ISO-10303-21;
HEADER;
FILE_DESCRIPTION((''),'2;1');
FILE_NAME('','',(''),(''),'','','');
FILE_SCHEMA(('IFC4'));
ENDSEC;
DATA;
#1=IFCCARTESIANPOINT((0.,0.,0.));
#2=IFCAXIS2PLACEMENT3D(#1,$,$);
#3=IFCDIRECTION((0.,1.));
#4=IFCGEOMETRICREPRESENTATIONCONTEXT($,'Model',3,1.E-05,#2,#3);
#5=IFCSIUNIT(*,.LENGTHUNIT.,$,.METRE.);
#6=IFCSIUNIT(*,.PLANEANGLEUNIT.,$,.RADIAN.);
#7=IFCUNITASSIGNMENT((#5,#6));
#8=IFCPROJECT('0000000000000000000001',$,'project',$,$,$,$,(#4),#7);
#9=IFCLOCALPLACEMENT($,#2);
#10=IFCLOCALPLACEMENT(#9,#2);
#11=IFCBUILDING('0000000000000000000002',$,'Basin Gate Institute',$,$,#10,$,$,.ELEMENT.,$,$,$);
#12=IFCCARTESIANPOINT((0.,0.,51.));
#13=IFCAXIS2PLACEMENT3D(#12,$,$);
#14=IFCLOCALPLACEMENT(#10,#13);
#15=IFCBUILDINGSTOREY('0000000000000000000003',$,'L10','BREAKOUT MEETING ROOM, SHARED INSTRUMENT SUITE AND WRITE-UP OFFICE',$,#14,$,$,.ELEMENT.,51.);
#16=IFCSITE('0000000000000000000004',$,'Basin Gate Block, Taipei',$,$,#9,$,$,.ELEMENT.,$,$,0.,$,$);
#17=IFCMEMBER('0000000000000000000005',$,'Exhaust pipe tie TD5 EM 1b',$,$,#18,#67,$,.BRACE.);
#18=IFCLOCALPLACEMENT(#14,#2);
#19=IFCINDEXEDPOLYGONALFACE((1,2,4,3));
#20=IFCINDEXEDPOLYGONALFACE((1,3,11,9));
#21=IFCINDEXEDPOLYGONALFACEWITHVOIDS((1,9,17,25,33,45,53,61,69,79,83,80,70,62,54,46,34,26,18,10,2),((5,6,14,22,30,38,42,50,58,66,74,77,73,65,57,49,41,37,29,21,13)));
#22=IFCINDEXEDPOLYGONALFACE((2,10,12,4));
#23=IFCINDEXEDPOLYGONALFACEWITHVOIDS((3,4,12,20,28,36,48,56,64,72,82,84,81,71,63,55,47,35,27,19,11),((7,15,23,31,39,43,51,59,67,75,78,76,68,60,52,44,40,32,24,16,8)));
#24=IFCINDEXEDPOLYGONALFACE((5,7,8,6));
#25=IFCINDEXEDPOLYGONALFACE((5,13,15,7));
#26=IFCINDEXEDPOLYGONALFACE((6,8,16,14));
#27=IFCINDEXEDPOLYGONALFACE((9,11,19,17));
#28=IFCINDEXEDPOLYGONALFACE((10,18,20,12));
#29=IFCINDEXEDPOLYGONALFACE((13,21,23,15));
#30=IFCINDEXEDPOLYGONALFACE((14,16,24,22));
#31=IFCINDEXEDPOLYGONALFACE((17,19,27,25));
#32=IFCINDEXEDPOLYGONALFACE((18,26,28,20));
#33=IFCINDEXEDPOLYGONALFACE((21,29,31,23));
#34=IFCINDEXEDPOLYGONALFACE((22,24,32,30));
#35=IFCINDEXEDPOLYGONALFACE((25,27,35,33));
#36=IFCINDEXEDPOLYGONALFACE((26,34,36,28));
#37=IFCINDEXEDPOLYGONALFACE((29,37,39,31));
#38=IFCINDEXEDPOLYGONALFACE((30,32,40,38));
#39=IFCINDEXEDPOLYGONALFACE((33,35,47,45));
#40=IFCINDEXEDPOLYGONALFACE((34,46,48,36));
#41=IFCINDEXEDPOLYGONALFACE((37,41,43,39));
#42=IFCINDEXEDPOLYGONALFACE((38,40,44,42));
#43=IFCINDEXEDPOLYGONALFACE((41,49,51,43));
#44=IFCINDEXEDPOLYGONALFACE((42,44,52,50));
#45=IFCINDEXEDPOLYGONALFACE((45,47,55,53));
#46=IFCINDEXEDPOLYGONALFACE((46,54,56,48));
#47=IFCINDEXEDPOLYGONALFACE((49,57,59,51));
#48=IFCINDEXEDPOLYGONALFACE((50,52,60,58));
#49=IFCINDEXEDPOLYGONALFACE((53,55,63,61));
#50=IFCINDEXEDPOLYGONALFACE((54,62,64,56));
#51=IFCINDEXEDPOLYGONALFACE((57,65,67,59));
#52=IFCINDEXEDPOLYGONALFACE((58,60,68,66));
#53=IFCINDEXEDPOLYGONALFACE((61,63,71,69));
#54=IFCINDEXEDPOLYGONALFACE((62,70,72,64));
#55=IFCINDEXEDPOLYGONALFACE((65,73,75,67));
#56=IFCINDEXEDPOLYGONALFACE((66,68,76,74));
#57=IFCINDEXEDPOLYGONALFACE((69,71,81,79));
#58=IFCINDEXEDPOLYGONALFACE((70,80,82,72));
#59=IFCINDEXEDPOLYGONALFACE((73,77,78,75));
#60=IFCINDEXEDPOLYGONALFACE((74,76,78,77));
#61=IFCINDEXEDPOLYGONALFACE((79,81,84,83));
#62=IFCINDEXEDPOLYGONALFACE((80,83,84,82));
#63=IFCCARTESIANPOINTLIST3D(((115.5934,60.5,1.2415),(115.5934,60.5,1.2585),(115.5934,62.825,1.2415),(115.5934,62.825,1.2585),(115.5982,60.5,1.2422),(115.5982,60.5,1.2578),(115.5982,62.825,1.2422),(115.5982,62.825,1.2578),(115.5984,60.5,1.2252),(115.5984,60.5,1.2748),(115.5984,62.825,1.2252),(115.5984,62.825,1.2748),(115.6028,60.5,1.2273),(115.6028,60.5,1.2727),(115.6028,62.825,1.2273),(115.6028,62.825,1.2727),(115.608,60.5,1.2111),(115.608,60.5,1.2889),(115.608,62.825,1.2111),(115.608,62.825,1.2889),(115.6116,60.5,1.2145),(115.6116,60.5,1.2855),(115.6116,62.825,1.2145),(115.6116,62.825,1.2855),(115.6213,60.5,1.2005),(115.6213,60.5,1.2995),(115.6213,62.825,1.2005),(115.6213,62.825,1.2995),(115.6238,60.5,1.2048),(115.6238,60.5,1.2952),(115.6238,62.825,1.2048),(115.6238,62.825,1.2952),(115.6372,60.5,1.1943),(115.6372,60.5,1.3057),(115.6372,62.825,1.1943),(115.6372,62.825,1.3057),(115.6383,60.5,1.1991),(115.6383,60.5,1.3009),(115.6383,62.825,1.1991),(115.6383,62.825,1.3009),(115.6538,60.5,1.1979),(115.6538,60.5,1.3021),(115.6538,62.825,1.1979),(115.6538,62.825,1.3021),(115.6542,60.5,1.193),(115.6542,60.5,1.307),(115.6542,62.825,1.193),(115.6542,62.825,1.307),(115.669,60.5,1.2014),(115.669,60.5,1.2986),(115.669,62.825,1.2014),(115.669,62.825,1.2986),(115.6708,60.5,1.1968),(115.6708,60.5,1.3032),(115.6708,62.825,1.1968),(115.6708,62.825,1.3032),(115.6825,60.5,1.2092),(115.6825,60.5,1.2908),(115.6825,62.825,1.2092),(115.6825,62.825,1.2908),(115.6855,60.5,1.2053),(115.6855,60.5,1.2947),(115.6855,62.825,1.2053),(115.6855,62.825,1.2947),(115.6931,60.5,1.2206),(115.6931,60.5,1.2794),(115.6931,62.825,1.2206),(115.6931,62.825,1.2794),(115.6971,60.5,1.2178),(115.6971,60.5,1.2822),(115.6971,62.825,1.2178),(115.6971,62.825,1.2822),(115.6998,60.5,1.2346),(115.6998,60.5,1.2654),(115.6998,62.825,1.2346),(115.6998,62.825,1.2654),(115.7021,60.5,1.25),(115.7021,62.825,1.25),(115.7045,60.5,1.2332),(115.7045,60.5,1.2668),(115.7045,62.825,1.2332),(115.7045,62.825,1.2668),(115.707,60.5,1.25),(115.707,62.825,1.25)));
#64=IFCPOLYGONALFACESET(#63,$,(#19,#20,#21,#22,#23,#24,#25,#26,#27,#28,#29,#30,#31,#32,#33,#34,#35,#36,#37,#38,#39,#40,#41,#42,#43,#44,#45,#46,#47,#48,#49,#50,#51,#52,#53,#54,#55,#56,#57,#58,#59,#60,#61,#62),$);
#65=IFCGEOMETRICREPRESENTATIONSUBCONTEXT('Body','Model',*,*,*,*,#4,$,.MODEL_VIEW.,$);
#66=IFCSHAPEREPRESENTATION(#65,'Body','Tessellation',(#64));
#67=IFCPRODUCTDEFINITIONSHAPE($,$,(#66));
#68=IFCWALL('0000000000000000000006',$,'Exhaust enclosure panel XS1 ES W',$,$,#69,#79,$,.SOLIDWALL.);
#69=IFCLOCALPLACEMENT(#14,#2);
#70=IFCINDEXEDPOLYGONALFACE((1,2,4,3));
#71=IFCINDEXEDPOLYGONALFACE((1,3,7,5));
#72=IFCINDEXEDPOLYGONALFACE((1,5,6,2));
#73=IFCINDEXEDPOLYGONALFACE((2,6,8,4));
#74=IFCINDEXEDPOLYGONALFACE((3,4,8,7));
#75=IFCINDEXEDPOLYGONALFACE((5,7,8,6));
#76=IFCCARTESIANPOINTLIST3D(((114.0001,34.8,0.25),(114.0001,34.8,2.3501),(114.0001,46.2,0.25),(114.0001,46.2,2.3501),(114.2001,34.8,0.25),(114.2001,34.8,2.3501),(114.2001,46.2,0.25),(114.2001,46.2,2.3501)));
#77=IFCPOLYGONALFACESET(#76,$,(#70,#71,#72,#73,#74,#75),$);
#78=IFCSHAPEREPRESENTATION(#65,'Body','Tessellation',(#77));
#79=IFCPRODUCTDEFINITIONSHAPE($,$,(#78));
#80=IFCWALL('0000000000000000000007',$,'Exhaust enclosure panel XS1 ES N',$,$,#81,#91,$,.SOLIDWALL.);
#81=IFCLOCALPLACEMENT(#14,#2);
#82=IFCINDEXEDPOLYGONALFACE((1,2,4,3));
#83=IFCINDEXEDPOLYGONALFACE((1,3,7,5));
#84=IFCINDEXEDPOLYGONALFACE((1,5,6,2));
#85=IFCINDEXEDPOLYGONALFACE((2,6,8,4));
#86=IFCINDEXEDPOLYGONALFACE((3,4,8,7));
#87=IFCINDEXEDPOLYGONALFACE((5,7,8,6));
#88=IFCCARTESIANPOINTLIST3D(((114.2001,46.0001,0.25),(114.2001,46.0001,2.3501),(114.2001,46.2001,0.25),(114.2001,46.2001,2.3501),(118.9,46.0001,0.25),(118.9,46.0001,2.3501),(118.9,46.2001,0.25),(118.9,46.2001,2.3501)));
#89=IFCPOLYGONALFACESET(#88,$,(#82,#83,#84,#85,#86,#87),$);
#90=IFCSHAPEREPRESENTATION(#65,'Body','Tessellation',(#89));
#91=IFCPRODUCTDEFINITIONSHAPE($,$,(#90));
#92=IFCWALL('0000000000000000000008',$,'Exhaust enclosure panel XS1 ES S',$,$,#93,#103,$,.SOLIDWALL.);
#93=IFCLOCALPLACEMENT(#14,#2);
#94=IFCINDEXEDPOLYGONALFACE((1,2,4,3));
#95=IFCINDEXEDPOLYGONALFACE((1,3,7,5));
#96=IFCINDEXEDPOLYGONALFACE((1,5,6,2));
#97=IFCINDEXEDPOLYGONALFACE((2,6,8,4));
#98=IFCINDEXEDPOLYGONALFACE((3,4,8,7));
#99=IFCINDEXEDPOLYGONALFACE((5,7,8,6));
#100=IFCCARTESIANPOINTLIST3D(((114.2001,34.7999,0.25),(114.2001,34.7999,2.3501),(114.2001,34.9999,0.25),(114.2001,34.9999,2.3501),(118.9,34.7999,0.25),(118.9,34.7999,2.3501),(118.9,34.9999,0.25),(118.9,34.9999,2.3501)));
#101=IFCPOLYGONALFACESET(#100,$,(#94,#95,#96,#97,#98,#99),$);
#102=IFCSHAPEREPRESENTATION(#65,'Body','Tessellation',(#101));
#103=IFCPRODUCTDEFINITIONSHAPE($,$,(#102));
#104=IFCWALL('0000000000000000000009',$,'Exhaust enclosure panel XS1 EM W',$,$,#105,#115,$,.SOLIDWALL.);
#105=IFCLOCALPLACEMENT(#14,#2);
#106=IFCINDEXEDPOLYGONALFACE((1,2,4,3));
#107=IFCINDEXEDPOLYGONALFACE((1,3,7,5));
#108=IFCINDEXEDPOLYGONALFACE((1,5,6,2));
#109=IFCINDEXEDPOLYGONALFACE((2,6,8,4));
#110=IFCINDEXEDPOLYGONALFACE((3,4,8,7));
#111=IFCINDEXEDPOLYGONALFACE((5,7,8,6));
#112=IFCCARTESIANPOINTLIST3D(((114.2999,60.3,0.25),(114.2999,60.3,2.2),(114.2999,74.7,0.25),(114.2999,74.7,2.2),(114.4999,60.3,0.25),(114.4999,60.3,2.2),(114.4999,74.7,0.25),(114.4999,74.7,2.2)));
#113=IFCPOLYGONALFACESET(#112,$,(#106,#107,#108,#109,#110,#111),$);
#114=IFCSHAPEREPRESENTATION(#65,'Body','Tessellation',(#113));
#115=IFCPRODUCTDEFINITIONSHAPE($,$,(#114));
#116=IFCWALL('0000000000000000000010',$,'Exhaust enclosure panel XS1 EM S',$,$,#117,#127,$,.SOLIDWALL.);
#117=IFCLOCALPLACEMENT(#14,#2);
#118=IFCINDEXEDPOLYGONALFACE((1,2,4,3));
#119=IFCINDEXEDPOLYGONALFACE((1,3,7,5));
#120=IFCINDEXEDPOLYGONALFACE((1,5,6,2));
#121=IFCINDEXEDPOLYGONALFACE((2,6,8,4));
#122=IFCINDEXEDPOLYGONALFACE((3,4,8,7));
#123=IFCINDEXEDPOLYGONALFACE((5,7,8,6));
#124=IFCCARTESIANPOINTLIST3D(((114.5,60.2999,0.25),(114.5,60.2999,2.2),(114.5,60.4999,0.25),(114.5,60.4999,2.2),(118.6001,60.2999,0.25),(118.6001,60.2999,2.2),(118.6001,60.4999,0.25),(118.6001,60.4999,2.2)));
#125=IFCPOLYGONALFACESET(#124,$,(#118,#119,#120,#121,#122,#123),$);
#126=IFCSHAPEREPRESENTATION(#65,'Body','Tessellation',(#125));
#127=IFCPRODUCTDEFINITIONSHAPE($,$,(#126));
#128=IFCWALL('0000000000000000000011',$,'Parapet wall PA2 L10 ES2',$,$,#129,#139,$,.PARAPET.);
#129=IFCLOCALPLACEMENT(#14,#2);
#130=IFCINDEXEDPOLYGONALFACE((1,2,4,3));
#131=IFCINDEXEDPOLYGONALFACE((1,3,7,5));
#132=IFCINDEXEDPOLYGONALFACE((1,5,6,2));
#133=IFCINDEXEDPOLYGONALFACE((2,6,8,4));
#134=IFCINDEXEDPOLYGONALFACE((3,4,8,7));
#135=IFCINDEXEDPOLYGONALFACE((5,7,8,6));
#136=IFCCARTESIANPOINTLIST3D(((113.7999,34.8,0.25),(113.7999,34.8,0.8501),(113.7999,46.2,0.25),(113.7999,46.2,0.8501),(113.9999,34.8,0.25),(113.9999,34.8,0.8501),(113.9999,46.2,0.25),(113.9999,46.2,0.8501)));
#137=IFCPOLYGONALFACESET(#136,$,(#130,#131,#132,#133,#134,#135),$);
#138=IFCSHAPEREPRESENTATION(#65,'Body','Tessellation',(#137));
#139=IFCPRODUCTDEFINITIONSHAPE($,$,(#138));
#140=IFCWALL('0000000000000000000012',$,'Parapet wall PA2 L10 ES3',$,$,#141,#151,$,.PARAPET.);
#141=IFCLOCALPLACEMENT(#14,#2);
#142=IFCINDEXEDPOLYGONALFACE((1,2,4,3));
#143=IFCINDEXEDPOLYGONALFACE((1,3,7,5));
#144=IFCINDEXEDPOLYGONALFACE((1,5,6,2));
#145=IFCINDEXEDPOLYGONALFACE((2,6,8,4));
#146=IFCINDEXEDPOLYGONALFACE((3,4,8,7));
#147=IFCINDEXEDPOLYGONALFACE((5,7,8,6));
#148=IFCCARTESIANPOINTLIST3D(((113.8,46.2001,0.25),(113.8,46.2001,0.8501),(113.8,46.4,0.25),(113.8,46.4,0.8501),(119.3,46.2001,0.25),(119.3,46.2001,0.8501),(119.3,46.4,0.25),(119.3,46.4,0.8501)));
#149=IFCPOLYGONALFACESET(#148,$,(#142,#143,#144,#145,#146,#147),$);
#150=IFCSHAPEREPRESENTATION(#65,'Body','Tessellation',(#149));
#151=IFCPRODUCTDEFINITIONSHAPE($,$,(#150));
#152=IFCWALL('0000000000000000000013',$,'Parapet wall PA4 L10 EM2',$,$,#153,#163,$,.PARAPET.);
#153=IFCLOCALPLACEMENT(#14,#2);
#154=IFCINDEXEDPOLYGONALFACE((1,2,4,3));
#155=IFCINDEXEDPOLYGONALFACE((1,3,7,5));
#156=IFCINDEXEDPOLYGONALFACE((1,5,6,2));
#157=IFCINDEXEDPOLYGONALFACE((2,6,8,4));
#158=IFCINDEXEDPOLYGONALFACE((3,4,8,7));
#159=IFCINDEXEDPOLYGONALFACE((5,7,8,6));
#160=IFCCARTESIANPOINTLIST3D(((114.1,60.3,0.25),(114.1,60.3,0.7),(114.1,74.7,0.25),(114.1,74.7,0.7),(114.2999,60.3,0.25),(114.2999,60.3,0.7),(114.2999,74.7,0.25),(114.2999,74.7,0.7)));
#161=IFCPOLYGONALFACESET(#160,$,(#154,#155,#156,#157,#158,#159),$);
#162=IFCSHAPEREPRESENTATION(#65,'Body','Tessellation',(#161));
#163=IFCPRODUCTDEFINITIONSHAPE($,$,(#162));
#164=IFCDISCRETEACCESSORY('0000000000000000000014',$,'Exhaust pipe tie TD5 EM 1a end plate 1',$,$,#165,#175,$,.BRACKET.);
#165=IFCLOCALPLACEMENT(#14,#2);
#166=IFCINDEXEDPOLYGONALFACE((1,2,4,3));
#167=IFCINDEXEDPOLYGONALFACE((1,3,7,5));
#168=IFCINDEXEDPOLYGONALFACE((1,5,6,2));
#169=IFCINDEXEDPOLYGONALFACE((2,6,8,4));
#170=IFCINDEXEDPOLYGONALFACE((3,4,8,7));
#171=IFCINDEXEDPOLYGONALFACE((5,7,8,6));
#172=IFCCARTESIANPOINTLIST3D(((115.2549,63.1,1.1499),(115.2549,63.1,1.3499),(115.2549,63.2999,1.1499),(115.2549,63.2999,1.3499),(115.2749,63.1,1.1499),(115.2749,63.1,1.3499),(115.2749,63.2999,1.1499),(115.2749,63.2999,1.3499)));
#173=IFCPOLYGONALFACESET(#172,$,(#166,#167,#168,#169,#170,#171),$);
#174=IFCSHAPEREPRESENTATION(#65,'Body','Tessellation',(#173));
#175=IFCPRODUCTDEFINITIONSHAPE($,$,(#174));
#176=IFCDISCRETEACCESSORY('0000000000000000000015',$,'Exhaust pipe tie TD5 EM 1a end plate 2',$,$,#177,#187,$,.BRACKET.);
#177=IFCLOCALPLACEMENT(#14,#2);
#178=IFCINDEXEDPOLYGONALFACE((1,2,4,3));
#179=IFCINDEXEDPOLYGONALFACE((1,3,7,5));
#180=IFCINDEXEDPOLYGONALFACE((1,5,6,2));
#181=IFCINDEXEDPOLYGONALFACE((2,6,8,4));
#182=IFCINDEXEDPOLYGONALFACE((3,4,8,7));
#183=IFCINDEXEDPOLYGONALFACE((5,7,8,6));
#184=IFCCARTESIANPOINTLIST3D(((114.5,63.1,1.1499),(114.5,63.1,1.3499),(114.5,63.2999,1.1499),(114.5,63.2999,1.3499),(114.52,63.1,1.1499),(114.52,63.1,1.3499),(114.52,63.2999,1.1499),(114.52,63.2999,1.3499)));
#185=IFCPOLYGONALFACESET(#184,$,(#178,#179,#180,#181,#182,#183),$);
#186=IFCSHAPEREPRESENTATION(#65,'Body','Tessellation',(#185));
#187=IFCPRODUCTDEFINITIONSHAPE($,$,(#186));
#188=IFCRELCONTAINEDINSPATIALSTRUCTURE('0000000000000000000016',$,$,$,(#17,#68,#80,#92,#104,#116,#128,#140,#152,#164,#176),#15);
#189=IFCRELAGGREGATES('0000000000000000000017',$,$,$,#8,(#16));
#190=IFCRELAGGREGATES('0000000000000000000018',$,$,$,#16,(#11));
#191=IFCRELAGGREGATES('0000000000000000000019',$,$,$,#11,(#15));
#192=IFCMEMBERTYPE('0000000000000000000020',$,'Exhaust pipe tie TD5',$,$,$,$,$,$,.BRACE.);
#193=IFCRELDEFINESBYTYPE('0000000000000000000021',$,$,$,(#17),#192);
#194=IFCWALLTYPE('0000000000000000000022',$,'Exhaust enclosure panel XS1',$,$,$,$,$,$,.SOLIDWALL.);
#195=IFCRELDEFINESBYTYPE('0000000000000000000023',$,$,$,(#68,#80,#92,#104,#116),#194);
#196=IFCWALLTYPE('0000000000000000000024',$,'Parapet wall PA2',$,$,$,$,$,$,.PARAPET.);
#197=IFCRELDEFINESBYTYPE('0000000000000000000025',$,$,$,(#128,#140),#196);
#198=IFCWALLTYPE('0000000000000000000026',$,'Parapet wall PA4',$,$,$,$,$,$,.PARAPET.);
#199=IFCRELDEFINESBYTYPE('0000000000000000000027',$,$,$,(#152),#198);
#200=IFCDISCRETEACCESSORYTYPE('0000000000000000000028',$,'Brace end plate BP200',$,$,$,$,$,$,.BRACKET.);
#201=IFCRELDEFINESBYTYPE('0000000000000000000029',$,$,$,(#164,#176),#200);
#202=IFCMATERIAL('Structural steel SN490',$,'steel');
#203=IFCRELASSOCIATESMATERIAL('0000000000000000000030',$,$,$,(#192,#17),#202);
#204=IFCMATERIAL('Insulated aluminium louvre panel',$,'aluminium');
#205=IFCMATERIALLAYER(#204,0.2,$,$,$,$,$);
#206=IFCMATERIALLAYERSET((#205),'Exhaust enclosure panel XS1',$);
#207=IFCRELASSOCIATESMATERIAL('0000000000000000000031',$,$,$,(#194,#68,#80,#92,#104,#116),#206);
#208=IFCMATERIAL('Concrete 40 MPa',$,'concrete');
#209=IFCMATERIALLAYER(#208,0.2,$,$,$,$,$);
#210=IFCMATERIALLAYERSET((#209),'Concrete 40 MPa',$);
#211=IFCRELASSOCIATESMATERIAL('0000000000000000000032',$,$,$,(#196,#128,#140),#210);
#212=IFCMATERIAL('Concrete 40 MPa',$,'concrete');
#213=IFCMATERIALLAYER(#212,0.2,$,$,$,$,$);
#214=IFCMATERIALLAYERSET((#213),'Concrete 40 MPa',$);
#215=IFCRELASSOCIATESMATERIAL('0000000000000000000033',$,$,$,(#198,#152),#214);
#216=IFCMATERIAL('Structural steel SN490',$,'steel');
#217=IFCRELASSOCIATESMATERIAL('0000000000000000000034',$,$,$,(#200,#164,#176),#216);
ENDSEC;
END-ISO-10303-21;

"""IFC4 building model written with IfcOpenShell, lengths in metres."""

from ifc_helpers import new_model, si_unit, direction, frame, frame_2d, origin, origin_2d, place, context, subcontext, project, spatial, rectangle, hollow_circle, extrude, material, layer, layer_set, material_profile, profile_set, type_object, element, save


model = new_model("IFC4")

# Units and contexts
model_context = context("Model", 3, precision=1e-05, world=origin(), true_north=direction((0.0, 1.0)))
body_context = subcontext(model_context, "Body", "Model", "MODEL_VIEW")
ifc_project = project(units=[si_unit("LENGTHUNIT", "METRE"), si_unit("PLANEANGLEUNIT", "RADIAN")], contexts=[model_context])

# Site, building, storey
site_placement = place(None, origin())
site = spatial("IfcSite", under=ifc_project, at=site_placement, Name="Basin Gate Block, Taipei", CompositionType="ELEMENT", RefElevation=0.0)
building_placement = place(site_placement, origin())
building = spatial("IfcBuilding", under=site, at=building_placement, Name="Basin Gate Institute", CompositionType="ELEMENT")
storey_placement = place(building_placement, frame((0.0, 0.0, 51.0)))
storey = spatial("IfcBuildingStorey", under=building, at=storey_placement, Name="L10", Description="BREAKOUT MEETING ROOM, SHARED INSTRUMENT SUITE AND WRITE-UP OFFICE", CompositionType="ELEMENT", Elevation=51.0)

# Member
ifc_material_1 = material(Name="Structural steel SN490", Category="steel")
ifc_material_profile_1 = material_profile(ifc_material_1, hollow_circle(Radius=0.0571, WallThickness=0.0049, at=origin_2d()), Name="CHS114x5")
ifc_profile_set_1 = profile_set([ifc_material_profile_1], Name="Structural steel SN490")
member_type_1 = type_object("IfcMemberType", Name="Exhaust pipe tie TD5", PredefinedType="BRACE", material=ifc_profile_set_1)
member_1_placement = place(storey_placement, frame((115.6499, 62.825, 1.25), z_axis=(0.0, -1.0, 0.0), x_axis=(1.0, 0.0, 0.0)))
element("IfcMember", 1, at=member_1_placement, inside=storey, type_object=member_type_1, material=ifc_profile_set_1, Name="Exhaust pipe tie TD5 EM 1b", PredefinedType="BRACE", context=body_context, shape_type="SweptSolid", body=[
    extrude(hollow_circle(Radius=0.0571, WallThickness=0.0049, at=origin_2d()), origin(), (0.0, 0.0, 1.0), 2.325),
])

# Walls
ifc_material_2 = material(Name="Insulated aluminium louvre panel", Category="aluminium")
ifc_layer_1 = layer(ifc_material_2, 0.2)
ifc_layer_set_1 = layer_set([ifc_layer_1], Name="Exhaust enclosure panel XS1")
wall_type_1 = type_object("IfcWallType", Name="Exhaust enclosure panel XS1", PredefinedType="SOLIDWALL", material=ifc_layer_set_1)
wall_1_placement = place(storey_placement, frame((114.1001, 34.8, 0.25), z_axis=(0.0, 0.0, 1.0), x_axis=(0.0, 1.0, 0.0)))
element("IfcWall", 2, at=wall_1_placement, inside=storey, type_object=wall_type_1, material=ifc_layer_set_1, Name="Exhaust enclosure panel XS1 ES W", PredefinedType="SOLIDWALL", context=body_context, shape_type="SweptSolid", body=[
    extrude(rectangle(XDim=11.3999, YDim=0.2, at=frame_2d((5.7, 0.0))), origin(), (0.0, 0.0, 1.0), 2.1001),
])
for number, where, z_axis, x_axis, name in (
    (3, (114.2, 46.1001, 0.25), (0.0, 0.0, 1.0), (1.0, 0.0, 0.0), "Exhaust enclosure panel XS1 ES N"),
    (4, (114.2, 34.8999, 0.25), (0.0, 0.0, 1.0), (1.0, 0.0, 0.0), "Exhaust enclosure panel XS1 ES S"),
):
    element("IfcWall", number, at=place(storey_placement, frame(where, z_axis=z_axis, x_axis=x_axis)), inside=storey, type_object=wall_type_1, material=ifc_layer_set_1, Name=name, PredefinedType="SOLIDWALL", context=body_context, shape_type="SweptSolid", body=[
        extrude(rectangle(XDim=4.7, YDim=0.2, at=frame_2d((2.3501, 0.0))), origin(), (0.0, 0.0, 1.0), 2.1001),
    ])
wall_2_placement = place(storey_placement, frame((114.3999, 60.3, 0.25), z_axis=(0.0, 0.0, 1.0), x_axis=(0.0, 1.0, 0.0)))
element("IfcWall", 5, at=wall_2_placement, inside=storey, type_object=wall_type_1, material=ifc_layer_set_1, Name="Exhaust enclosure panel XS1 EM W", PredefinedType="SOLIDWALL", context=body_context, shape_type="SweptSolid", body=[
    extrude(rectangle(XDim=14.3999, YDim=0.2, at=frame_2d((7.2, 0.0))), origin(), (0.0, 0.0, 1.0), 1.95),
])
wall_3_placement = place(storey_placement, frame((114.5, 60.3999, 0.25), z_axis=(0.0, 0.0, 1.0), x_axis=(1.0, 0.0, 0.0)))
element("IfcWall", 6, at=wall_3_placement, inside=storey, type_object=wall_type_1, material=ifc_layer_set_1, Name="Exhaust enclosure panel XS1 EM S", PredefinedType="SOLIDWALL", context=body_context, shape_type="SweptSolid", body=[
    extrude(rectangle(XDim=4.1001, YDim=0.2, at=frame_2d((2.05, 0.0))), origin(), (0.0, 0.0, 1.0), 1.95),
])
ifc_material_3 = material(Name="Concrete 40 MPa", Category="concrete")
ifc_layer_2 = layer(ifc_material_3, 0.2)
ifc_layer_set_2 = layer_set([ifc_layer_2], Name="Concrete 40 MPa")
wall_type_2 = type_object("IfcWallType", Name="Parapet wall PA2", PredefinedType="PARAPET", material=ifc_layer_set_2)
wall_4_placement = place(storey_placement, frame((113.8999, 34.8, 0.25), z_axis=(0.0, 0.0, 1.0), x_axis=(0.0, 1.0, 0.0)))
element("IfcWall", 7, at=wall_4_placement, inside=storey, type_object=wall_type_2, material=ifc_layer_set_2, Name="Parapet wall PA2 L10 ES2", PredefinedType="PARAPET", context=body_context, shape_type="SweptSolid", body=[
    extrude(rectangle(XDim=11.3999, YDim=0.2, at=frame_2d((5.7, 0.0))), origin(), (0.0, 0.0, 1.0), 0.6001),
])
wall_5_placement = place(storey_placement, frame((113.8, 46.3, 0.25), z_axis=(0.0, 0.0, 1.0), x_axis=(1.0, 0.0, 0.0)))
element("IfcWall", 8, at=wall_5_placement, inside=storey, type_object=wall_type_2, material=ifc_layer_set_2, Name="Parapet wall PA2 L10 ES3", PredefinedType="PARAPET", context=body_context, shape_type="SweptSolid", body=[
    extrude(rectangle(XDim=5.5, YDim=0.2, at=frame_2d((2.75, 0.0))), origin(), (0.0, 0.0, 1.0), 0.6001),
])
ifc_material_4 = material(Name="Concrete 40 MPa", Category="concrete")
ifc_layer_3 = layer(ifc_material_4, 0.2)
ifc_layer_set_3 = layer_set([ifc_layer_3], Name="Concrete 40 MPa")
wall_type_3 = type_object("IfcWallType", Name="Parapet wall PA4", PredefinedType="PARAPET", material=ifc_layer_set_3)
wall_6_placement = place(storey_placement, frame((114.2, 60.3, 0.25), z_axis=(0.0, 0.0, 1.0), x_axis=(0.0, 1.0, 0.0)))
element("IfcWall", 9, at=wall_6_placement, inside=storey, type_object=wall_type_3, material=ifc_layer_set_3, Name="Parapet wall PA4 L10 EM2", PredefinedType="PARAPET", context=body_context, shape_type="SweptSolid", body=[
    extrude(rectangle(XDim=14.3999, YDim=0.2, at=frame_2d((7.2, 0.0))), origin(), (0.0, 0.0, 1.0), 0.45),
])

# Discrete accessories
ifc_material_5 = material(Name="Structural steel SN490", Category="steel")
discrete_accessory_type = type_object("IfcDiscreteAccessoryType", Name="Brace end plate BP200", PredefinedType="BRACKET", material=ifc_material_5)
for number, where, z_axis, x_axis, name in (
    (10, (115.2649, 63.2, 1.1499), (0.0, 0.0, 1.0), (1.0, 0.0, 0.0), "Exhaust pipe tie TD5 EM 1a end plate 1"),
    (11, (114.51, 63.2, 1.1499), (0.0, 0.0, 1.0), (1.0, 0.0, 0.0), "Exhaust pipe tie TD5 EM 1a end plate 2"),
):
    element("IfcDiscreteAccessory", number, at=place(storey_placement, frame(where, z_axis=z_axis, x_axis=x_axis)), inside=storey, type_object=discrete_accessory_type, material=ifc_material_5, Name=name, PredefinedType="BRACKET", context=body_context, shape_type="SweptSolid", body=[
        extrude(rectangle(XDim=0.02, YDim=0.2, at=origin_2d()), origin(), (0.0, 0.0, 1.0), 0.2),
    ])

save(model, "model.ifc")
